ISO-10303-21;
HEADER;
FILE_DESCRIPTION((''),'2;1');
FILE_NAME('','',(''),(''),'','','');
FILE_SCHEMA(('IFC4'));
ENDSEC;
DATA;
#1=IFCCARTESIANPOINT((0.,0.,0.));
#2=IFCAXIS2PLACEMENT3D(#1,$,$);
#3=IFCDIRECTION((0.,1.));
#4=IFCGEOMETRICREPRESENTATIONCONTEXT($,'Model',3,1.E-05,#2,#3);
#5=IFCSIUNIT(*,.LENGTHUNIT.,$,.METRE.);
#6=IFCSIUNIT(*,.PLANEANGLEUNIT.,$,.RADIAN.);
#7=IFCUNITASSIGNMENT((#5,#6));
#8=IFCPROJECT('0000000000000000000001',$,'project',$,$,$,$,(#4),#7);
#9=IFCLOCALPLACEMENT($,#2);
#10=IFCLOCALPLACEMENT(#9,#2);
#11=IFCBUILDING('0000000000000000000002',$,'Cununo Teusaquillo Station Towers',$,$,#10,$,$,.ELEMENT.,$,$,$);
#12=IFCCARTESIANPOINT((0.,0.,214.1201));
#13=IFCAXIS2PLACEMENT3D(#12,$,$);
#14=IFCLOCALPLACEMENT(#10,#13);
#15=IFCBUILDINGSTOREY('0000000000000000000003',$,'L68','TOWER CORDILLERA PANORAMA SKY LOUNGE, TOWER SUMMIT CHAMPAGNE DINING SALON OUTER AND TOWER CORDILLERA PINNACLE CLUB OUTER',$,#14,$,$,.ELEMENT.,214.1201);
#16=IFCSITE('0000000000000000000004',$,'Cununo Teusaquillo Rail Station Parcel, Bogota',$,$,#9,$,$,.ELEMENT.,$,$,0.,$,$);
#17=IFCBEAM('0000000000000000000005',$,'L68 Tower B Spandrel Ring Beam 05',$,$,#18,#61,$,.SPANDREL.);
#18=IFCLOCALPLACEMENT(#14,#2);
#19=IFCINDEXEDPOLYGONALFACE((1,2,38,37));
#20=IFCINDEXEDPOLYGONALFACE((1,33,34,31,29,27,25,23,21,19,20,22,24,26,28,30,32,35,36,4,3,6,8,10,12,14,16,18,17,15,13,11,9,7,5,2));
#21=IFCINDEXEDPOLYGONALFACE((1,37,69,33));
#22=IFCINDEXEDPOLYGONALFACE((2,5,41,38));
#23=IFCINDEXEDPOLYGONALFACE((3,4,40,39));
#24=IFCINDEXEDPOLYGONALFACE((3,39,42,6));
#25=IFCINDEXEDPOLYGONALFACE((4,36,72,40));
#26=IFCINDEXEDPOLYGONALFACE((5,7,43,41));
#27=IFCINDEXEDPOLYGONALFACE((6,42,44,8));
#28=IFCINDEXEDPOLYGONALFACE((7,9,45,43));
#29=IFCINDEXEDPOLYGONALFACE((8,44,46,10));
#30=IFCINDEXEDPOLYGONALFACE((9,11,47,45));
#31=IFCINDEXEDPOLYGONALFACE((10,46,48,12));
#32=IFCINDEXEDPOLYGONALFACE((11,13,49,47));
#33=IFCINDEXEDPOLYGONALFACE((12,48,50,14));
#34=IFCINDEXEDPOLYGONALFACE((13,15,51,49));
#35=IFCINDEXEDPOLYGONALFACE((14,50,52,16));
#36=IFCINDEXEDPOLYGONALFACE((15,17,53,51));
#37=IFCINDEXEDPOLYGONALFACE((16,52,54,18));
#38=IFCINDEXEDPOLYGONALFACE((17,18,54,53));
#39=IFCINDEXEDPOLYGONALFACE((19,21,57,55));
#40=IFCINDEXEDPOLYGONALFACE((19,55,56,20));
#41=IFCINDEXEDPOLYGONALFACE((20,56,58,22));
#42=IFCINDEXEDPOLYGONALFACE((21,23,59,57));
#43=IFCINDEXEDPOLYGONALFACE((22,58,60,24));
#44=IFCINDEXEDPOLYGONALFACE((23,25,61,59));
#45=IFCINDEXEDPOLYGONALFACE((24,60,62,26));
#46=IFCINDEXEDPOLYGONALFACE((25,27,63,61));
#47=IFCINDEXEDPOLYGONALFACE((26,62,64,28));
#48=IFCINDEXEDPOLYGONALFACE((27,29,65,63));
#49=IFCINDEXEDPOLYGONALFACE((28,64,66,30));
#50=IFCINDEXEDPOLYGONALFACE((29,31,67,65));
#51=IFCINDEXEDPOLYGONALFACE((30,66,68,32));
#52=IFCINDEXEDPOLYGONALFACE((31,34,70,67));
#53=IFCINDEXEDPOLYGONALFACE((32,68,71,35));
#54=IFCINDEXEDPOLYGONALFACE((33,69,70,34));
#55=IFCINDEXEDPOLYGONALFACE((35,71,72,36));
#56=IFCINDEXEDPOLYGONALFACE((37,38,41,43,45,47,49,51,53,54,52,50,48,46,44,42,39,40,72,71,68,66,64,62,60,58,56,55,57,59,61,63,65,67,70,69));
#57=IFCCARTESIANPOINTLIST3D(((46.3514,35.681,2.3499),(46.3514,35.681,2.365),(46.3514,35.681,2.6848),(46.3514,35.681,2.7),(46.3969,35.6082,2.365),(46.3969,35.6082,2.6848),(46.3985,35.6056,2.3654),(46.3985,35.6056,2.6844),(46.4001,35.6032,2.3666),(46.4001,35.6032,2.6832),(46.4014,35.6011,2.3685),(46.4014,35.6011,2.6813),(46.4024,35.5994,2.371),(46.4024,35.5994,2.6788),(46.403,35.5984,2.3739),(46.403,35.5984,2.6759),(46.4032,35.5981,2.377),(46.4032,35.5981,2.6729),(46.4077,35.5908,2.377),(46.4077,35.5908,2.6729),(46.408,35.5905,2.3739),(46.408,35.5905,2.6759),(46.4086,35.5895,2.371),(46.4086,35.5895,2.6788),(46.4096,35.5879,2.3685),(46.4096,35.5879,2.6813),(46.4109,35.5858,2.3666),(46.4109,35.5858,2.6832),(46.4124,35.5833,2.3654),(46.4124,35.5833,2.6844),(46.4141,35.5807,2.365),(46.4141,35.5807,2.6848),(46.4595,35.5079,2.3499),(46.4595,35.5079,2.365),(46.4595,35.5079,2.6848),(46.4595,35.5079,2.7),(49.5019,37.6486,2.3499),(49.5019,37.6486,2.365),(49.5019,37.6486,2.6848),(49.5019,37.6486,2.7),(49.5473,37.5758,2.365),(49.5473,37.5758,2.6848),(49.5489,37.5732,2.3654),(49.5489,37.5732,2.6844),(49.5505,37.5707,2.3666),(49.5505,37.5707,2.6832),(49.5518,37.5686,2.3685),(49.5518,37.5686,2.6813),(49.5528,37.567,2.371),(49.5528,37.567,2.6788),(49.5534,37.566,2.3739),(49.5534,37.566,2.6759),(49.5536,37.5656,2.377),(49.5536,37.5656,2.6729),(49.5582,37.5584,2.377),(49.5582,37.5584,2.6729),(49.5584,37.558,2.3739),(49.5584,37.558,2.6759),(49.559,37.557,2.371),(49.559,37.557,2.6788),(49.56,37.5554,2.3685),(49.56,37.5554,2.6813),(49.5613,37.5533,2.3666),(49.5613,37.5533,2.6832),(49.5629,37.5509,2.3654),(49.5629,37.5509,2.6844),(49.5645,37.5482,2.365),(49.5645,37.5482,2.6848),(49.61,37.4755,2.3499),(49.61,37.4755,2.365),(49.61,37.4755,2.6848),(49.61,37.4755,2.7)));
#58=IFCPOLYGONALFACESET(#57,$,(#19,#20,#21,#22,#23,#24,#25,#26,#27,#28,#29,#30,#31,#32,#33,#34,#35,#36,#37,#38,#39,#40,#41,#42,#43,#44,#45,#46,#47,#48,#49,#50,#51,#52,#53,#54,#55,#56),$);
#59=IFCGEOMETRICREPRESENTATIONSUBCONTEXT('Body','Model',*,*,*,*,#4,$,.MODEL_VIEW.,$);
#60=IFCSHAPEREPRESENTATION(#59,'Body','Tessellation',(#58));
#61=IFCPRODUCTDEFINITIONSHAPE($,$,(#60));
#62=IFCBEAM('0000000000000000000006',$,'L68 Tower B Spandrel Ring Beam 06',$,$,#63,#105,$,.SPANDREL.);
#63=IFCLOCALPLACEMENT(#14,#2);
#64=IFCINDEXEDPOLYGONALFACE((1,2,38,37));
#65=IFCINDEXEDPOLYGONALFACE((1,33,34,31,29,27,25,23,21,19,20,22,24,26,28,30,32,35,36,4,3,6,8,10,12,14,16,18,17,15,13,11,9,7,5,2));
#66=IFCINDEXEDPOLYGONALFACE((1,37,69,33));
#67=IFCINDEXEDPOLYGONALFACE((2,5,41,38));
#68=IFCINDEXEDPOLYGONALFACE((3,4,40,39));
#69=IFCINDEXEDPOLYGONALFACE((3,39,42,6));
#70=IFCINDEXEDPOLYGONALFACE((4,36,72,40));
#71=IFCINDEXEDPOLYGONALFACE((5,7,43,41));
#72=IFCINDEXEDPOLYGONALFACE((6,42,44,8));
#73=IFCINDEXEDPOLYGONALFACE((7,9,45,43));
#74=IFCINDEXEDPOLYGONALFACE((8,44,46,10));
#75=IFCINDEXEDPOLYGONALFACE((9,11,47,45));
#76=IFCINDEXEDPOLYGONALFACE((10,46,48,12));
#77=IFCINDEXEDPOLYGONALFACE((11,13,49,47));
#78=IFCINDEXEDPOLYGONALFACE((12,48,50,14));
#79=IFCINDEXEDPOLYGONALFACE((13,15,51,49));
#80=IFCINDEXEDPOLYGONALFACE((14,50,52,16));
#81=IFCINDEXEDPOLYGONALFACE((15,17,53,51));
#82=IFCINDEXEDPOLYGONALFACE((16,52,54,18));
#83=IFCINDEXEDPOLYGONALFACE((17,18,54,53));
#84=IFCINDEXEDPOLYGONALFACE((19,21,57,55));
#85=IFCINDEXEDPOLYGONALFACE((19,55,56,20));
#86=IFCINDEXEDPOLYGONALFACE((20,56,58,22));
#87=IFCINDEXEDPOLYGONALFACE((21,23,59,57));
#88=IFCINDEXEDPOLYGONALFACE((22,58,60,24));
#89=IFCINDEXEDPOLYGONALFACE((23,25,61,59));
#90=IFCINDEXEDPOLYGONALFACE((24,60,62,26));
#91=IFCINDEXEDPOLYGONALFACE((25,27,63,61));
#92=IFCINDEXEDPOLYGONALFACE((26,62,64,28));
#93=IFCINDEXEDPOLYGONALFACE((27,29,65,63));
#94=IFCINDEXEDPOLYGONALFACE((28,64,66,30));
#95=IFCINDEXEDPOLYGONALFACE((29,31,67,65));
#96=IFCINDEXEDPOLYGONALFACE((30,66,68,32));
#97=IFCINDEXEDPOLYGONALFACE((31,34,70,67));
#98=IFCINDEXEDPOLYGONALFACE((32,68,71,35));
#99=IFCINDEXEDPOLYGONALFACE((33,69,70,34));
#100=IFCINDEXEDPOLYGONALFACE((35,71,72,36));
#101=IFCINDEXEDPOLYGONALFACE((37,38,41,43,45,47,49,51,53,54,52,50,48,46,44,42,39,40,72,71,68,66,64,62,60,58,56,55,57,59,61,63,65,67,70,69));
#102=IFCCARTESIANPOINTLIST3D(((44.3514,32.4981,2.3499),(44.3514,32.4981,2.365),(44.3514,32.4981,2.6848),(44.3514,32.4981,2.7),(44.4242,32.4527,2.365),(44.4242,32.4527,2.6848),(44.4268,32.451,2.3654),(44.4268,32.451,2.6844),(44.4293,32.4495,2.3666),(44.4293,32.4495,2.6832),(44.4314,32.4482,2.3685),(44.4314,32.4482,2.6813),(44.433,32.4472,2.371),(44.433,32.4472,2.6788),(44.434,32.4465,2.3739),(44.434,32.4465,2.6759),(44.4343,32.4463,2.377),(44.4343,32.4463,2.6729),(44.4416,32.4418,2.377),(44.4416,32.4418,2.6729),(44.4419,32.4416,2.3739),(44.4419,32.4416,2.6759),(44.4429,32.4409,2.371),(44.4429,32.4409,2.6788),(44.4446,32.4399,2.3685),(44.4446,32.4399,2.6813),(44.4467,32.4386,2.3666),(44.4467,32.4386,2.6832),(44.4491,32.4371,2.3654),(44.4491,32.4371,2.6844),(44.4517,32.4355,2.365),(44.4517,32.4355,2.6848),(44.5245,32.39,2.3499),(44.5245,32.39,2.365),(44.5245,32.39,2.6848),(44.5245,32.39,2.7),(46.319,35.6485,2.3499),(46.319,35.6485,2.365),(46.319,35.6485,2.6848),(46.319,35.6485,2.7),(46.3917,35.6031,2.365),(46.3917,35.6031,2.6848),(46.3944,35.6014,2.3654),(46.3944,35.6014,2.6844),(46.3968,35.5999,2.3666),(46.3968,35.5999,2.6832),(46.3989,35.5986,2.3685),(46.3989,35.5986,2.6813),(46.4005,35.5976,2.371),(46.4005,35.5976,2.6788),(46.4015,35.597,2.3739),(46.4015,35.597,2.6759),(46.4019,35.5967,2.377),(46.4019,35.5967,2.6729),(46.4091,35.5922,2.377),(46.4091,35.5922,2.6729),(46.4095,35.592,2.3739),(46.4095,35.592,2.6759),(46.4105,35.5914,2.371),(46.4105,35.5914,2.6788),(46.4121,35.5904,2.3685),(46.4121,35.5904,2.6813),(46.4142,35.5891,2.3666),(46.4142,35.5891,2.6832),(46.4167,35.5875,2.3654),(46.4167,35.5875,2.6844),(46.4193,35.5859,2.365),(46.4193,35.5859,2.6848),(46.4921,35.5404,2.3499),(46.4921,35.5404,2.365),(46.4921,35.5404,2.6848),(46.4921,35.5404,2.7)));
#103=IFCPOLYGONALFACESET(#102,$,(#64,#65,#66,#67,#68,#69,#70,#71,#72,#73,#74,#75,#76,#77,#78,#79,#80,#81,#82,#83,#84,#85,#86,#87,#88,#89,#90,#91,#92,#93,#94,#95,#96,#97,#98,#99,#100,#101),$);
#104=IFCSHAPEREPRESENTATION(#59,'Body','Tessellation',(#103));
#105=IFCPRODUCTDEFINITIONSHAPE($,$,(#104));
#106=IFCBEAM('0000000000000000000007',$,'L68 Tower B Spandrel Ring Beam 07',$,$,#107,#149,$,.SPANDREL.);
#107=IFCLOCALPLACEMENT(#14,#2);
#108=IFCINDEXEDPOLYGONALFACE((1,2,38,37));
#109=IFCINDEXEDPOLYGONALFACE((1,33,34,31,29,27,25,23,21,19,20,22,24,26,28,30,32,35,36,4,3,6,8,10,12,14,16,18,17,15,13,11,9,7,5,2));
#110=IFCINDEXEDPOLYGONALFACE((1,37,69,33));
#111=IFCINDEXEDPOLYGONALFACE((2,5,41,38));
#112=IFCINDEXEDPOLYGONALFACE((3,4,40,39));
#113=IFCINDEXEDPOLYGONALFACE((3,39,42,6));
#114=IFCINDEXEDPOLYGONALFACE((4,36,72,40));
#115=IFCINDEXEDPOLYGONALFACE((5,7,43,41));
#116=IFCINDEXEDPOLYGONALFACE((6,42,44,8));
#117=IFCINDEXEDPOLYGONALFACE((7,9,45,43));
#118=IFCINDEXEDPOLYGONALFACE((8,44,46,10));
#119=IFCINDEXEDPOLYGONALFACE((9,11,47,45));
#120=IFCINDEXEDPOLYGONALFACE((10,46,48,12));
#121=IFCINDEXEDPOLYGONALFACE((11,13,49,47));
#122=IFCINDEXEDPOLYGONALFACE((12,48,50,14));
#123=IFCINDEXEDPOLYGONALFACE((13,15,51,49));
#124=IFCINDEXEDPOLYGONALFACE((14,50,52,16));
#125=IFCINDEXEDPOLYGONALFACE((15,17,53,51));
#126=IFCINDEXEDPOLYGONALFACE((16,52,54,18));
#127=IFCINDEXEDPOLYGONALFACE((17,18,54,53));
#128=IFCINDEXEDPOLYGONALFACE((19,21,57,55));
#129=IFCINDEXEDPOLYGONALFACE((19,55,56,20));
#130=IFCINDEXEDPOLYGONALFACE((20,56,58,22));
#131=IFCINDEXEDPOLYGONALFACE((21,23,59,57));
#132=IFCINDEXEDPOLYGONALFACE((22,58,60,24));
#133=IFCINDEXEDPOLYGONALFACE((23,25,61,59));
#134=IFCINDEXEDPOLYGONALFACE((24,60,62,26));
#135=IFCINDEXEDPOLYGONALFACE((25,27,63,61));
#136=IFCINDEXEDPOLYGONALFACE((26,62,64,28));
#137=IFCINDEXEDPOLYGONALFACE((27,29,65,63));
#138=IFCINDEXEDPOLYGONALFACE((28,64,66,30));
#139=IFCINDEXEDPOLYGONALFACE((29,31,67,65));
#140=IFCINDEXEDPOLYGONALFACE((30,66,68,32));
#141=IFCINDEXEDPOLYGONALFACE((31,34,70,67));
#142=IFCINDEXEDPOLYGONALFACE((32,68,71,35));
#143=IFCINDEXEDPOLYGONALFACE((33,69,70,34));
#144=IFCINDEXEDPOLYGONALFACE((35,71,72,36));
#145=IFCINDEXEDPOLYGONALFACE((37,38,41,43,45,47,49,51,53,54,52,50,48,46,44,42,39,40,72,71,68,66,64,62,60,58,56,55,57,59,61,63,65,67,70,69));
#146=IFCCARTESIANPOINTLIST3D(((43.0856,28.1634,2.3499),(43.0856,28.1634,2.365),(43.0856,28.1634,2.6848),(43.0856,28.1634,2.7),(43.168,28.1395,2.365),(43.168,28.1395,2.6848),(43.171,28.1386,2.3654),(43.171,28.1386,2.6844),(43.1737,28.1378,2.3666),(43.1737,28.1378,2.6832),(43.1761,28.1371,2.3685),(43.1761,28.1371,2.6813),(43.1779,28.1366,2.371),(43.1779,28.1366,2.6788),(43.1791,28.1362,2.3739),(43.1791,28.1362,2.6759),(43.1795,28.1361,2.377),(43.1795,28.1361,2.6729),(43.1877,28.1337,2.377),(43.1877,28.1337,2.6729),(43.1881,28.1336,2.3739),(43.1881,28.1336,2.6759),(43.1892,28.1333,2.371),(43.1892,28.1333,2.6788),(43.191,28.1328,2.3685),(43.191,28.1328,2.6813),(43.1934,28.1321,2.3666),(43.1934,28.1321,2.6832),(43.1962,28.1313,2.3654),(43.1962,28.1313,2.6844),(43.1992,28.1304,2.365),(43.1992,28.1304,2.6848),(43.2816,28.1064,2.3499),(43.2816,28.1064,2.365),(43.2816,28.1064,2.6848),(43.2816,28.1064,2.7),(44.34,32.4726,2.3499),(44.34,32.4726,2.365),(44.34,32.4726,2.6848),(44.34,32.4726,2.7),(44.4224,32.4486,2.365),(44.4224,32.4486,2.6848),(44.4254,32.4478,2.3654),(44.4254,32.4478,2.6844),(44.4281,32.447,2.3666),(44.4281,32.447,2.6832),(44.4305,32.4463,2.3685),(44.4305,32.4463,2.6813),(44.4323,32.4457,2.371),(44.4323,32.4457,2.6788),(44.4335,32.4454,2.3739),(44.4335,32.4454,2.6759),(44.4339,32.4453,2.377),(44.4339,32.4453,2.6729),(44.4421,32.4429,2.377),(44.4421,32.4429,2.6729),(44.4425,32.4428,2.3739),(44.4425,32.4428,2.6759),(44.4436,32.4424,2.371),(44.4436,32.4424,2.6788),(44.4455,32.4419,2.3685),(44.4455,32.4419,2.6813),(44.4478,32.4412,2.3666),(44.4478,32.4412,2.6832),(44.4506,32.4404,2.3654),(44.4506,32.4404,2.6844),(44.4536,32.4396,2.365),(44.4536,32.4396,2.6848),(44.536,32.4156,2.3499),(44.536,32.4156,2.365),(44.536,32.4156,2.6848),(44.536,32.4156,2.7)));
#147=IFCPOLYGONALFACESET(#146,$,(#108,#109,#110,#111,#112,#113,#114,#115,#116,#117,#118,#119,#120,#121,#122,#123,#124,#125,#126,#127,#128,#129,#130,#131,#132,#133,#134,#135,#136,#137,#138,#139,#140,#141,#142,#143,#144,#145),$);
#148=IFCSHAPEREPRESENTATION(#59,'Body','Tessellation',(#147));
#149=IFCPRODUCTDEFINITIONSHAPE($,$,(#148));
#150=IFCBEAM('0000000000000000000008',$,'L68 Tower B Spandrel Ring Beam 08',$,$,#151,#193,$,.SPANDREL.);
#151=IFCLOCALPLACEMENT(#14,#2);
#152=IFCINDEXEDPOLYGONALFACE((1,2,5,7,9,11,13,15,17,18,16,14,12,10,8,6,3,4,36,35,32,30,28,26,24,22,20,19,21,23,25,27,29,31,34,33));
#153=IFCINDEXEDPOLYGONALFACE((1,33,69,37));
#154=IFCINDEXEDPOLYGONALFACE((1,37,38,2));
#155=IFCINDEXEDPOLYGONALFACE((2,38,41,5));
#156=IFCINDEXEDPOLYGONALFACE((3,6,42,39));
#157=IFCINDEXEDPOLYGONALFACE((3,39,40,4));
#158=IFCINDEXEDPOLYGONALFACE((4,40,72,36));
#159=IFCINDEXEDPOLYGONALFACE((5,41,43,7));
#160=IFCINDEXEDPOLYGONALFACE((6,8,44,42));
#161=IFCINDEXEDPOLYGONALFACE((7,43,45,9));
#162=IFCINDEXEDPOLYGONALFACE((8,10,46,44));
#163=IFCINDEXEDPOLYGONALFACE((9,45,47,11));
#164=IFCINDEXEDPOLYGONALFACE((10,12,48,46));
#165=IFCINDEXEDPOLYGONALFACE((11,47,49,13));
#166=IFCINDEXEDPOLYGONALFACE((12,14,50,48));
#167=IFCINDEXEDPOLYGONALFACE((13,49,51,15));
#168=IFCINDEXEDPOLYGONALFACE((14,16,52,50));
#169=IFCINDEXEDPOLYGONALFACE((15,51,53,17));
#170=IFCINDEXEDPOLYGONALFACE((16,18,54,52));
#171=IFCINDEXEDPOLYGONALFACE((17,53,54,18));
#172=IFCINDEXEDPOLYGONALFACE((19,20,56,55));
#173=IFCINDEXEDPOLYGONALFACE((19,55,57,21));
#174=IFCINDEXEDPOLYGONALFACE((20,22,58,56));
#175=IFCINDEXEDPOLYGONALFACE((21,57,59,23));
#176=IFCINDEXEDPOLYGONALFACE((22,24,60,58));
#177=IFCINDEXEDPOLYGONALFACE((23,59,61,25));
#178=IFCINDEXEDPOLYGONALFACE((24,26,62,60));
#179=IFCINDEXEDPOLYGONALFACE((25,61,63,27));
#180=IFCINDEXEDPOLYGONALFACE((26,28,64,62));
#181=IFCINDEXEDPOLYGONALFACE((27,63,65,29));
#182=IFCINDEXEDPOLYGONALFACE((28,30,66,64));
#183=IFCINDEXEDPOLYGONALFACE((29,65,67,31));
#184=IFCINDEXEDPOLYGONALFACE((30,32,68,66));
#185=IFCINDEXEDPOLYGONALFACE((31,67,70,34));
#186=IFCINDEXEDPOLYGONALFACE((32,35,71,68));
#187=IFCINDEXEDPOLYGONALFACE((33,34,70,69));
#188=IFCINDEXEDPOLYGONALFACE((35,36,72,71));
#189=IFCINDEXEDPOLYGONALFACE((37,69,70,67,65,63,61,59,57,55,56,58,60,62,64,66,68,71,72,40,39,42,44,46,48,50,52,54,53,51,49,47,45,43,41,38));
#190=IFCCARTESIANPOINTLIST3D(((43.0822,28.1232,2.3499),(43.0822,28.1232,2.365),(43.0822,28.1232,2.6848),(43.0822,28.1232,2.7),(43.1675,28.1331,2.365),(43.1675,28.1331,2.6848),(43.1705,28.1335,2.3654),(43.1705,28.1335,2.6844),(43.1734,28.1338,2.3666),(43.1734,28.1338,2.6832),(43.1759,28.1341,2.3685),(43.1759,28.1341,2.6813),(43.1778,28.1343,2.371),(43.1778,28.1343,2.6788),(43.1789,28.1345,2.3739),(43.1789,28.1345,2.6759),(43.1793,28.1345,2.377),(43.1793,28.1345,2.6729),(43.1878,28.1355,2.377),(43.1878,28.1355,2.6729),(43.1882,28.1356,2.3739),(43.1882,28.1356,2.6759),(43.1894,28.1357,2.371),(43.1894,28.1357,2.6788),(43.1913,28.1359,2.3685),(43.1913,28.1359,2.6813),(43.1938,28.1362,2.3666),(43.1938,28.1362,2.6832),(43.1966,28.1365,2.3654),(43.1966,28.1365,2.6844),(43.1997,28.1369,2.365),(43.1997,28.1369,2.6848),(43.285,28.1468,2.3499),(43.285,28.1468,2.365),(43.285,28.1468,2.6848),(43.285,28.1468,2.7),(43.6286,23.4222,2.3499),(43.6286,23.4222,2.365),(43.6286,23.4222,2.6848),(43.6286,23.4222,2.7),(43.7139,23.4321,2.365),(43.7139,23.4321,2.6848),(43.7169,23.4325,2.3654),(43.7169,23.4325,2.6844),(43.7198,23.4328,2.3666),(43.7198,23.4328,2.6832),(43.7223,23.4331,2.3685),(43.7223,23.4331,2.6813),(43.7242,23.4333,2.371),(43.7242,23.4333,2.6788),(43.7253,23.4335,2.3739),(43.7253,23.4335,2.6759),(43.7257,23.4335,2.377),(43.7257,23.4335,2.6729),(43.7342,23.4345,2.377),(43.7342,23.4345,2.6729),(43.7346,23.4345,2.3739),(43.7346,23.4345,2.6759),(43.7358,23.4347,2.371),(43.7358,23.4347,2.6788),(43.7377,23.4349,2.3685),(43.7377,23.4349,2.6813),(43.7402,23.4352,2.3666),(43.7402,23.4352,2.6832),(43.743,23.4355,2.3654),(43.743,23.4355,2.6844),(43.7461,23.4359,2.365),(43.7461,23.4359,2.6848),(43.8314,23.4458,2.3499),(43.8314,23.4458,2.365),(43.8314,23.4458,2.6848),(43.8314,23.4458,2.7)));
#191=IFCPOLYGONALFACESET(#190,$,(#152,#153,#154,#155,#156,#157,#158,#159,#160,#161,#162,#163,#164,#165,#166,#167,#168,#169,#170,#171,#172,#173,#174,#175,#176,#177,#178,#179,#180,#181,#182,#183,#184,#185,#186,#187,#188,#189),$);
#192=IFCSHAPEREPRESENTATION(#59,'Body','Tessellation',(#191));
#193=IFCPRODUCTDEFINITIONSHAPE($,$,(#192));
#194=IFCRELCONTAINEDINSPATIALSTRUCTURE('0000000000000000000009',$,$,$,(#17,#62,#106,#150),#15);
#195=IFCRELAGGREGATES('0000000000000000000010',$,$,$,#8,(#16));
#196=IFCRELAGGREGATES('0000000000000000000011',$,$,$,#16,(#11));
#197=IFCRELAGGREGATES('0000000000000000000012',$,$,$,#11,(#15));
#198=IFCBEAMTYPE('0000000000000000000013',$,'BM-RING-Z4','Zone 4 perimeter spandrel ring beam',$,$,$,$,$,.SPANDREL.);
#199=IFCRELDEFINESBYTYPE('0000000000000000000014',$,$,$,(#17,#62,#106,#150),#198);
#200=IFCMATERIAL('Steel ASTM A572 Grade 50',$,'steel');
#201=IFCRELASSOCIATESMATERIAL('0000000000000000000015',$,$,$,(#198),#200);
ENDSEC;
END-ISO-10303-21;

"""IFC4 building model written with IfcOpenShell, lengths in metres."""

from ifc_helpers import new_model, si_unit, direction, frame, origin, origin_2d, place, context, subcontext, project, spatial, i_section, extrude, material, material_profile, profile_set, type_object, element, save


model = new_model("IFC4")

# Units and contexts
model_context = context("Model", 3, precision=1e-05, world=origin(), true_north=direction((0.0, 1.0)))
body_context = subcontext(model_context, "Body", "Model", "MODEL_VIEW")
ifc_project = project(units=[si_unit("LENGTHUNIT", "METRE"), si_unit("PLANEANGLEUNIT", "RADIAN")], contexts=[model_context])

# Site, building, storey
site_placement = place(None, origin())
site = spatial("IfcSite", under=ifc_project, at=site_placement, Name="Cununo Teusaquillo Rail Station Parcel, Bogota", CompositionType="ELEMENT", RefElevation=0.0)
building_placement = place(site_placement, origin())
building = spatial("IfcBuilding", under=site, at=building_placement, Name="Cununo Teusaquillo Station Towers", CompositionType="ELEMENT")
storey_placement = place(building_placement, frame((0.0, 0.0, 214.1201)))
storey = spatial("IfcBuildingStorey", under=building, at=storey_placement, Name="L68", Description="TOWER CORDILLERA PANORAMA SKY LOUNGE, TOWER SUMMIT CHAMPAGNE DINING SALON OUTER AND TOWER CORDILLERA PINNACLE CLUB OUTER", CompositionType="ELEMENT", Elevation=214.1201)

# Beams
ifc_material_1 = material(Name="Steel ASTM A572 Grade 50", Category="steel")
ifc_material_profile_1 = material_profile(ifc_material_1, i_section(OverallWidth=0.2041, OverallDepth=0.3501, WebThickness=0.0085, FlangeThickness=0.0151, FilletRadius=0.012, at=origin_2d()), Name="W14X48")
ifc_profile_set_1 = profile_set([ifc_material_profile_1], Name="Steel ASTM A572 Grade 50")
beam_type_1 = type_object("IfcBeamType", Name="BM-RING-Z4", Description="Zone 4 perimeter spandrel ring beam", PredefinedType="SPANDREL", material=ifc_profile_set_1)
for number, where, z_axis, x_axis, name in (
    (1, (49.5559, 37.562, 2.5249), (-0.848176, -0.529715, 0.0), (0.529715, -0.848176, 0.0), "L68 Tower B Spandrel Ring Beam 05"),
    (2, (46.4055, 35.5945, 2.5249), (-0.529715, -0.848176, 0.0), (0.848176, -0.529715, 0.0), "L68 Tower B Spandrel Ring Beam 06"),
):
    element("IfcBeam", number, at=place(storey_placement, frame(where, z_axis=z_axis, x_axis=x_axis)), inside=storey, type_object=beam_type_1, Name=name, PredefinedType="SPANDREL", context=body_context, shape_type="SweptSolid", body=[
        extrude(i_section(OverallWidth=0.2041, OverallDepth=0.3501, WebThickness=0.0085, FlangeThickness=0.0151, FilletRadius=0.012, at=origin_2d()), origin(), (0.0, 0.0, 1.0), 3.7144),
    ])
beam_1_placement = place(storey_placement, frame((44.438, 32.4441, 2.5249), z_axis=(-0.279503, -0.960145, 0.0), x_axis=(0.960145, -0.279503, 0.0)))
element("IfcBeam", 3, at=beam_1_placement, inside=storey, type_object=beam_type_1, Name="L68 Tower B Spandrel Ring Beam 07", PredefinedType="SPANDREL", context=body_context, shape_type="SweptSolid", body=[
    extrude(i_section(OverallWidth=0.2041, OverallDepth=0.3501, WebThickness=0.0085, FlangeThickness=0.0151, FilletRadius=0.012, at=origin_2d()), origin(), (0.0, 0.0, 1.0), 4.488),
])
beam_2_placement = place(storey_placement, frame((43.1836, 28.135, 2.5249), z_axis=(0.115452, -0.993313, 0.0), x_axis=(0.993313, 0.115452, 0.0)))
element("IfcBeam", 4, at=beam_2_placement, inside=storey, type_object=beam_type_1, Name="L68 Tower B Spandrel Ring Beam 08", PredefinedType="SPANDREL", context=body_context, shape_type="SweptSolid", body=[
    extrude(i_section(OverallWidth=0.2041, OverallDepth=0.3501, WebThickness=0.0085, FlangeThickness=0.0151, FilletRadius=0.012, at=origin_2d()), origin(), (0.0, 0.0, 1.0), 4.7327),
])

save(model, "model.ifc")
